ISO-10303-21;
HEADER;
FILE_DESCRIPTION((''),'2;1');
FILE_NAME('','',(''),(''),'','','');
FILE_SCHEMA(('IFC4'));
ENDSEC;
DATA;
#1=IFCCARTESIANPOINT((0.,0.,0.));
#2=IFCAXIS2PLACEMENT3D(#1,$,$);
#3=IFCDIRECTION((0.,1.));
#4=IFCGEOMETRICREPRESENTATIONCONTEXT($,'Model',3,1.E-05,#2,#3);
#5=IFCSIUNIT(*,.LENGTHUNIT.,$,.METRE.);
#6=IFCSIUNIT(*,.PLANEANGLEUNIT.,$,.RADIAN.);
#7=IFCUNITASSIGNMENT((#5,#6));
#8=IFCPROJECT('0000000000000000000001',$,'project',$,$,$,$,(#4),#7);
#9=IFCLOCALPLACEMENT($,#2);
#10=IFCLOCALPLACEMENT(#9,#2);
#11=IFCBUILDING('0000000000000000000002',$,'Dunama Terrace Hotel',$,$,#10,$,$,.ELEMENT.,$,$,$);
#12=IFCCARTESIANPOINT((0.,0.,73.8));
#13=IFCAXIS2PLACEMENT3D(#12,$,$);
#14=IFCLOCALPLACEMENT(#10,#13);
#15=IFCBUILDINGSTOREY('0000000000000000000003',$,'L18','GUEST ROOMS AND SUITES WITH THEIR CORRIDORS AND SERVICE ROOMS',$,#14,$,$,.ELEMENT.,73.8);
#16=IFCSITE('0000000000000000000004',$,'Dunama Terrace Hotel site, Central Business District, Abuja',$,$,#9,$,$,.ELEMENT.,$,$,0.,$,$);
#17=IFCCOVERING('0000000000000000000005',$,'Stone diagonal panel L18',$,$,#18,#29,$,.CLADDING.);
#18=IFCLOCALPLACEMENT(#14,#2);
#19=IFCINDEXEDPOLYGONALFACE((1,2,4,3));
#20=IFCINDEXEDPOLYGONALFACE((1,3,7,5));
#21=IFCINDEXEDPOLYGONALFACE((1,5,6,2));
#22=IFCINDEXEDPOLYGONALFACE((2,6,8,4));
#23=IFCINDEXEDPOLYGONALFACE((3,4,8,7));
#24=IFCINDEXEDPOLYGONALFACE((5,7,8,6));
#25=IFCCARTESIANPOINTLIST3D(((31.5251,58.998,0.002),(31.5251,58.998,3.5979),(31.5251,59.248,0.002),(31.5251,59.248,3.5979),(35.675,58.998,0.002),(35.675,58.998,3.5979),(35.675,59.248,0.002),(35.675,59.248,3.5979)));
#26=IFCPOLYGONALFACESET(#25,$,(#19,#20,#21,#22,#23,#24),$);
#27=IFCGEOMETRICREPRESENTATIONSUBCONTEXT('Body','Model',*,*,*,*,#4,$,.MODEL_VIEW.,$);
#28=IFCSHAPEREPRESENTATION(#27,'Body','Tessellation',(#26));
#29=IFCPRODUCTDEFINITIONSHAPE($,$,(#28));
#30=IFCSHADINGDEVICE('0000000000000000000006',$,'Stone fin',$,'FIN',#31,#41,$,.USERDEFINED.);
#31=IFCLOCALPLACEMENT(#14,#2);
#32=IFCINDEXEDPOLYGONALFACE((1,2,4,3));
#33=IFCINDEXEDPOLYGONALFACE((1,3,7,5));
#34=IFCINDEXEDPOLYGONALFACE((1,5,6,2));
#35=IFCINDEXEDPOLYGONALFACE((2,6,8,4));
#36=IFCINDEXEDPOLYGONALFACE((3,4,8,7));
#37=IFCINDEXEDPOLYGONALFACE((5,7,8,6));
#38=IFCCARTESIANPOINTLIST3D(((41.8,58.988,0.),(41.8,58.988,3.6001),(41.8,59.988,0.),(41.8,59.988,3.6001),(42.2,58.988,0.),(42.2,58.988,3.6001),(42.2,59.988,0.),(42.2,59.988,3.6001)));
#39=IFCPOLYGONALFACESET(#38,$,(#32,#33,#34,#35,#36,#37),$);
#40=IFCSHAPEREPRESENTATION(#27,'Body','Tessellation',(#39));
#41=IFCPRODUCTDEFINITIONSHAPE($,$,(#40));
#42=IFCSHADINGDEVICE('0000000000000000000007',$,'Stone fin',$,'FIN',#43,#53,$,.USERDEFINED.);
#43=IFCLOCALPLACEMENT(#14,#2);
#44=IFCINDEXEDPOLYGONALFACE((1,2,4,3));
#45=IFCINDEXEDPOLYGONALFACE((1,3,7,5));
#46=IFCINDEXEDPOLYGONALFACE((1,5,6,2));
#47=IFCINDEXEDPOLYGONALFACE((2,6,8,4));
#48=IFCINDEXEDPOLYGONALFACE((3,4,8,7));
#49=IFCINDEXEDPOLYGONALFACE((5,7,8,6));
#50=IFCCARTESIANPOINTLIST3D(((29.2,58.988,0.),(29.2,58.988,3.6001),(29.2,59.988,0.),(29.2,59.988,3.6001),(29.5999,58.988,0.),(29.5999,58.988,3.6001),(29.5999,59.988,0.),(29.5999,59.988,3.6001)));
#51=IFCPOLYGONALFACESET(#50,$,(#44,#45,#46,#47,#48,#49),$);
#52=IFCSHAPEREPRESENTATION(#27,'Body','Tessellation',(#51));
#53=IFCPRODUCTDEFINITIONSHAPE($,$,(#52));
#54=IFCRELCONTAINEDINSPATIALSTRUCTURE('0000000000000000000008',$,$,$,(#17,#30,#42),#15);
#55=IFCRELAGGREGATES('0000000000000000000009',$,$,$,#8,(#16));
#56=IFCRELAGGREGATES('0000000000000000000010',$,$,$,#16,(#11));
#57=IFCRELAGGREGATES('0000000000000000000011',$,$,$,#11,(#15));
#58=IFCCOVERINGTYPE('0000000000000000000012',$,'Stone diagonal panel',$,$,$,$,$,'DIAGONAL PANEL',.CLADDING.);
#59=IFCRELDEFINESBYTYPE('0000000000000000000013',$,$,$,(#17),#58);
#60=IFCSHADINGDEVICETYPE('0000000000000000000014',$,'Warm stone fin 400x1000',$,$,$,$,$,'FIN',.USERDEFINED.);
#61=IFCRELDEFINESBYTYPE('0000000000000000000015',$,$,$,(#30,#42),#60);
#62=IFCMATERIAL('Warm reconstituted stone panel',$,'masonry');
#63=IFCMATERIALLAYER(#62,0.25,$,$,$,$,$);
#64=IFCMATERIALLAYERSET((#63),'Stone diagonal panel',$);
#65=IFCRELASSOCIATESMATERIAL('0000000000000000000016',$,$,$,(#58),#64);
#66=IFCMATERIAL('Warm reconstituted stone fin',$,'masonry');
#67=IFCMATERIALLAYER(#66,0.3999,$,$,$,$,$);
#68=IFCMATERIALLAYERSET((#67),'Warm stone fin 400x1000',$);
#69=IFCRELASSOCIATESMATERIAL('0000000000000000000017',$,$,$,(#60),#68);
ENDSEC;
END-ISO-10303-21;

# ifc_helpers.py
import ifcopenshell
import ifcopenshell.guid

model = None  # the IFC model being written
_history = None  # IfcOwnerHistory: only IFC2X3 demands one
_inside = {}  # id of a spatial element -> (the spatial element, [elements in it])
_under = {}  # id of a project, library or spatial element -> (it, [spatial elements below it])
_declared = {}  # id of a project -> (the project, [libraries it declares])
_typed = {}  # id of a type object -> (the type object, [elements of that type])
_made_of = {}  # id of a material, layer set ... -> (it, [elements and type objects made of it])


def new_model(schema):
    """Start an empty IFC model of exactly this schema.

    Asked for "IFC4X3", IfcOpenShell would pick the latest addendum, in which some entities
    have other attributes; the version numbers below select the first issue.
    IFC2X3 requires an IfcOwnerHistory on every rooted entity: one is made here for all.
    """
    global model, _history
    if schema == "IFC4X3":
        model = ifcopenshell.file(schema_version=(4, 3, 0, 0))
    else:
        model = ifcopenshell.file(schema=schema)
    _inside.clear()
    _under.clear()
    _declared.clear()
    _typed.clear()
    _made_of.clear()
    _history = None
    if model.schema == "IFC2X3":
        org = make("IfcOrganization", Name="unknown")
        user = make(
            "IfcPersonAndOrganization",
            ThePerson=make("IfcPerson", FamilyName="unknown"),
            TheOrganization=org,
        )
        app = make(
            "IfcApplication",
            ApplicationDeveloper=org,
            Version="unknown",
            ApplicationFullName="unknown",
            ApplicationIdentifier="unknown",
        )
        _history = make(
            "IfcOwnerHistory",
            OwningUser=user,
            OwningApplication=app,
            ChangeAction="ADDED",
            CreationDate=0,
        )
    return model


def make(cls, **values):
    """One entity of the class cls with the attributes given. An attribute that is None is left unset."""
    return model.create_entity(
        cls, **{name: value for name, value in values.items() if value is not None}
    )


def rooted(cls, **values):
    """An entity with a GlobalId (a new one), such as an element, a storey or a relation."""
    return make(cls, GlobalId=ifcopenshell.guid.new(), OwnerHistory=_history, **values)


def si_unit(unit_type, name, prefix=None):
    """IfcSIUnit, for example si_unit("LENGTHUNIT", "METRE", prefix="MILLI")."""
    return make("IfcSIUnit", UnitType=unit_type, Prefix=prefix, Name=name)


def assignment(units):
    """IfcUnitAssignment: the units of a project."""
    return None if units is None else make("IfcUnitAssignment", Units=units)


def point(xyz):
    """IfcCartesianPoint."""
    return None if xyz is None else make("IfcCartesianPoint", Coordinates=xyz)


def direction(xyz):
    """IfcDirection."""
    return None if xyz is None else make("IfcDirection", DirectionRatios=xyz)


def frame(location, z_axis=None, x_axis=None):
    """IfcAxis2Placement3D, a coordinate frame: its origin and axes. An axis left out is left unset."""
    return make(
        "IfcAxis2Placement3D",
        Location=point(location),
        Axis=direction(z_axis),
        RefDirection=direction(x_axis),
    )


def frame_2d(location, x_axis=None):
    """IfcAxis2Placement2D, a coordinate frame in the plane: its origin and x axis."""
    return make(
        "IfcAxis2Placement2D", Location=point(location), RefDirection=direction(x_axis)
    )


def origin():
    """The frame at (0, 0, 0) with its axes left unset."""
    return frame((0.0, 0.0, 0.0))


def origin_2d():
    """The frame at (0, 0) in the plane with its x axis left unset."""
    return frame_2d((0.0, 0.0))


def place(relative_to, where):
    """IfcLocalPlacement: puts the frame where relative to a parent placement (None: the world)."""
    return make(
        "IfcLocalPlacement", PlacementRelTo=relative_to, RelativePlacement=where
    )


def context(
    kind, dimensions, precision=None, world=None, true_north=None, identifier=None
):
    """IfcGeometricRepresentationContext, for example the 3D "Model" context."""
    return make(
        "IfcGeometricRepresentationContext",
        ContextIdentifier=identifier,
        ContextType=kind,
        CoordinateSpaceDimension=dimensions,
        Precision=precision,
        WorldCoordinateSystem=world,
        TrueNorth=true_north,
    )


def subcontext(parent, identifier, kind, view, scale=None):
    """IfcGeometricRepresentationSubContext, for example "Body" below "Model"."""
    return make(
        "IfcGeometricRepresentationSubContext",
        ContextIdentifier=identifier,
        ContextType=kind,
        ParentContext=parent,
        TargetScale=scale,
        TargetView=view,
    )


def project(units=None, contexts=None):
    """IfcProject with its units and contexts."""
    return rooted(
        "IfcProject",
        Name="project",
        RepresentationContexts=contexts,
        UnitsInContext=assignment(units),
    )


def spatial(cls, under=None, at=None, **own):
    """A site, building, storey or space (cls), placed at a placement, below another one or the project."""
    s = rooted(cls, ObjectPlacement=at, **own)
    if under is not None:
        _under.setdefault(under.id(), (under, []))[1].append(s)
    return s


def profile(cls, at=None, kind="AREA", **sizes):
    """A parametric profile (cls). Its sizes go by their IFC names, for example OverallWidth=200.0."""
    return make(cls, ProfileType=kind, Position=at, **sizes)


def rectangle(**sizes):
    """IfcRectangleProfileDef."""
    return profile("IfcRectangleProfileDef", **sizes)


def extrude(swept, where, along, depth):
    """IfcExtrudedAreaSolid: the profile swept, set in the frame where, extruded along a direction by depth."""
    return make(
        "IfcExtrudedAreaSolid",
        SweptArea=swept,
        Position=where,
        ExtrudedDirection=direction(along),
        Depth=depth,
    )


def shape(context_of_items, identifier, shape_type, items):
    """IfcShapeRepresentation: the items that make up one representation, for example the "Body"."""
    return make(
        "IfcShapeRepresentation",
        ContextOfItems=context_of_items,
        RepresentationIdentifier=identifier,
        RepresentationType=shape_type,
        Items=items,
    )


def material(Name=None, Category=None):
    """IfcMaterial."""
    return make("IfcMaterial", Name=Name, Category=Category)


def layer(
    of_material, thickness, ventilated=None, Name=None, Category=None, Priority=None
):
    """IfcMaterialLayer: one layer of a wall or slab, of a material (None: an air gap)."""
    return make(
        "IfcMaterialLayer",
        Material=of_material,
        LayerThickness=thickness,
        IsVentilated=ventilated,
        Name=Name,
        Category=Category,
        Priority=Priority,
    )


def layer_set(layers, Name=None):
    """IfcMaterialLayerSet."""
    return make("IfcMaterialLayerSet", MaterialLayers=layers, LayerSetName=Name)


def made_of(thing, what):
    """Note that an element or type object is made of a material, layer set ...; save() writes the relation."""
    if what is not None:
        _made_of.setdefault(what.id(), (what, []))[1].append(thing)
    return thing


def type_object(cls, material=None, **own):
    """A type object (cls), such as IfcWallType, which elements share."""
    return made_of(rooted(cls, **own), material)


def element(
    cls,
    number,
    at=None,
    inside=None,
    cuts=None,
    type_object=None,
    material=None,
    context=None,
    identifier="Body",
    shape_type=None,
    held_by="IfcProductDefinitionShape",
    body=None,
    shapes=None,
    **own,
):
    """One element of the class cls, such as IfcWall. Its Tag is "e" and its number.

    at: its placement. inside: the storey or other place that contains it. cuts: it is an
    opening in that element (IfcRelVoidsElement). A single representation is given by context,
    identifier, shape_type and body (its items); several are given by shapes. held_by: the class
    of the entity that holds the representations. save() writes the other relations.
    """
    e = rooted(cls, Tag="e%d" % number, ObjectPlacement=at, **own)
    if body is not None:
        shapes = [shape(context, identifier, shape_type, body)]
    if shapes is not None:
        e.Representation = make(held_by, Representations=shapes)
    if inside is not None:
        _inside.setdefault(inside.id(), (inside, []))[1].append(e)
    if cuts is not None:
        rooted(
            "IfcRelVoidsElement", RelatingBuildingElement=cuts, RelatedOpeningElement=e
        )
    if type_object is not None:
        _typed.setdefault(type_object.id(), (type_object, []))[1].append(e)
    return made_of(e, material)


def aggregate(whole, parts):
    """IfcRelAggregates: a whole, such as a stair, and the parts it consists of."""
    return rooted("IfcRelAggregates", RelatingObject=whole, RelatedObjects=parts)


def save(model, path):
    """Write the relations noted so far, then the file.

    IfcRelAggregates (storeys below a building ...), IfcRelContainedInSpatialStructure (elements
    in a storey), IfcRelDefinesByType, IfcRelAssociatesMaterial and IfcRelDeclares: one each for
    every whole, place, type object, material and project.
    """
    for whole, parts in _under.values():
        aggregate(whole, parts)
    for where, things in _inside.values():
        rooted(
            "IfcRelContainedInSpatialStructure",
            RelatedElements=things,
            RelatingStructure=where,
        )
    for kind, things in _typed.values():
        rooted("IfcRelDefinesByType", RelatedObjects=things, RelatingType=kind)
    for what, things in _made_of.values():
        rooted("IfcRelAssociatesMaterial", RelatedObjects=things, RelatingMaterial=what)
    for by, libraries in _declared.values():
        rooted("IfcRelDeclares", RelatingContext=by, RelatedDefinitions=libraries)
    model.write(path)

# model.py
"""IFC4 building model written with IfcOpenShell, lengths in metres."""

from ifc_helpers import new_model, si_unit, direction, frame, origin, origin_2d, place, context, subcontext, project, spatial, rectangle, extrude, material, layer, layer_set, type_object, element, save


model = new_model("IFC4")

# Units and contexts
model_context = context("Model", 3, precision=1e-05, world=origin(), true_north=direction((0.0, 1.0)))
body_context = subcontext(model_context, "Body", "Model", "MODEL_VIEW")
ifc_project = project(units=[si_unit("LENGTHUNIT", "METRE"), si_unit("PLANEANGLEUNIT", "RADIAN")], contexts=[model_context])

# Site, building, storey
site_placement = place(None, origin())
site = spatial("IfcSite", under=ifc_project, at=site_placement, Name="Dunama Terrace Hotel site, Central Business District, Abuja", CompositionType="ELEMENT", RefElevation=0.0)
building_placement = place(site_placement, origin())
building = spatial("IfcBuilding", under=site, at=building_placement, Name="Dunama Terrace Hotel", CompositionType="ELEMENT")
storey_placement = place(building_placement, frame((0.0, 0.0, 73.8)))
storey = spatial("IfcBuildingStorey", under=building, at=storey_placement, Name="L18", Description="GUEST ROOMS AND SUITES WITH THEIR CORRIDORS AND SERVICE ROOMS", CompositionType="ELEMENT", Elevation=73.8)

# Covering
ifc_material_1 = material(Name="Warm reconstituted stone panel", Category="masonry")
ifc_layer_1 = layer(ifc_material_1, 0.25)
ifc_layer_set_1 = layer_set([ifc_layer_1], Name="Stone diagonal panel")
covering_type = type_object("IfcCoveringType", Name="Stone diagonal panel", ElementType="DIAGONAL PANEL", PredefinedType="CLADDING", material=ifc_layer_set_1)
for number, where, z_axis, x_axis, name in (
    (1, (33.6001, 59.123, 0.002), (0.0, 0.0, 1.0), (-1.0, 0.0, 0.0), "Stone diagonal panel L18"),
):
    element("IfcCovering", number, at=place(storey_placement, frame(where, z_axis=z_axis, x_axis=x_axis)), inside=storey, type_object=covering_type, Name=name, PredefinedType="CLADDING", context=body_context, shape_type="SweptSolid", body=[
        extrude(rectangle(XDim=4.1499, YDim=0.25, at=origin_2d()), origin(), (0.0, 0.0, 1.0), 3.5959),
    ])

# Shading devices
ifc_material_2 = material(Name="Warm reconstituted stone fin", Category="masonry")
ifc_layer_2 = layer(ifc_material_2, 0.3999)
ifc_layer_set_2 = layer_set([ifc_layer_2], Name="Warm stone fin 400x1000")
shading_device_type = type_object("IfcShadingDeviceType", Name="Warm stone fin 400x1000", ElementType="FIN", PredefinedType="USERDEFINED", material=ifc_layer_set_2)
for number, where, z_axis, x_axis, name in (
    (2, (42.0, 59.488, 0.0), (0.0, 0.0, 1.0), (-1.0, 0.0, 0.0), "Stone fin"),
    (3, (29.3999, 59.488, 0.0), (0.0, 0.0, 1.0), (-1.0, 0.0, 0.0), "Stone fin"),
):
    element("IfcShadingDevice", number, at=place(storey_placement, frame(where, z_axis=z_axis, x_axis=x_axis)), inside=storey, type_object=shading_device_type, Name=name, ObjectType="FIN", PredefinedType="USERDEFINED", context=body_context, shape_type="SweptSolid", body=[
        extrude(rectangle(XDim=0.3999, YDim=1.0, at=origin_2d()), origin(), (0.0, 0.0, 1.0), 3.6001),
    ])

save(model, "model.ifc")
